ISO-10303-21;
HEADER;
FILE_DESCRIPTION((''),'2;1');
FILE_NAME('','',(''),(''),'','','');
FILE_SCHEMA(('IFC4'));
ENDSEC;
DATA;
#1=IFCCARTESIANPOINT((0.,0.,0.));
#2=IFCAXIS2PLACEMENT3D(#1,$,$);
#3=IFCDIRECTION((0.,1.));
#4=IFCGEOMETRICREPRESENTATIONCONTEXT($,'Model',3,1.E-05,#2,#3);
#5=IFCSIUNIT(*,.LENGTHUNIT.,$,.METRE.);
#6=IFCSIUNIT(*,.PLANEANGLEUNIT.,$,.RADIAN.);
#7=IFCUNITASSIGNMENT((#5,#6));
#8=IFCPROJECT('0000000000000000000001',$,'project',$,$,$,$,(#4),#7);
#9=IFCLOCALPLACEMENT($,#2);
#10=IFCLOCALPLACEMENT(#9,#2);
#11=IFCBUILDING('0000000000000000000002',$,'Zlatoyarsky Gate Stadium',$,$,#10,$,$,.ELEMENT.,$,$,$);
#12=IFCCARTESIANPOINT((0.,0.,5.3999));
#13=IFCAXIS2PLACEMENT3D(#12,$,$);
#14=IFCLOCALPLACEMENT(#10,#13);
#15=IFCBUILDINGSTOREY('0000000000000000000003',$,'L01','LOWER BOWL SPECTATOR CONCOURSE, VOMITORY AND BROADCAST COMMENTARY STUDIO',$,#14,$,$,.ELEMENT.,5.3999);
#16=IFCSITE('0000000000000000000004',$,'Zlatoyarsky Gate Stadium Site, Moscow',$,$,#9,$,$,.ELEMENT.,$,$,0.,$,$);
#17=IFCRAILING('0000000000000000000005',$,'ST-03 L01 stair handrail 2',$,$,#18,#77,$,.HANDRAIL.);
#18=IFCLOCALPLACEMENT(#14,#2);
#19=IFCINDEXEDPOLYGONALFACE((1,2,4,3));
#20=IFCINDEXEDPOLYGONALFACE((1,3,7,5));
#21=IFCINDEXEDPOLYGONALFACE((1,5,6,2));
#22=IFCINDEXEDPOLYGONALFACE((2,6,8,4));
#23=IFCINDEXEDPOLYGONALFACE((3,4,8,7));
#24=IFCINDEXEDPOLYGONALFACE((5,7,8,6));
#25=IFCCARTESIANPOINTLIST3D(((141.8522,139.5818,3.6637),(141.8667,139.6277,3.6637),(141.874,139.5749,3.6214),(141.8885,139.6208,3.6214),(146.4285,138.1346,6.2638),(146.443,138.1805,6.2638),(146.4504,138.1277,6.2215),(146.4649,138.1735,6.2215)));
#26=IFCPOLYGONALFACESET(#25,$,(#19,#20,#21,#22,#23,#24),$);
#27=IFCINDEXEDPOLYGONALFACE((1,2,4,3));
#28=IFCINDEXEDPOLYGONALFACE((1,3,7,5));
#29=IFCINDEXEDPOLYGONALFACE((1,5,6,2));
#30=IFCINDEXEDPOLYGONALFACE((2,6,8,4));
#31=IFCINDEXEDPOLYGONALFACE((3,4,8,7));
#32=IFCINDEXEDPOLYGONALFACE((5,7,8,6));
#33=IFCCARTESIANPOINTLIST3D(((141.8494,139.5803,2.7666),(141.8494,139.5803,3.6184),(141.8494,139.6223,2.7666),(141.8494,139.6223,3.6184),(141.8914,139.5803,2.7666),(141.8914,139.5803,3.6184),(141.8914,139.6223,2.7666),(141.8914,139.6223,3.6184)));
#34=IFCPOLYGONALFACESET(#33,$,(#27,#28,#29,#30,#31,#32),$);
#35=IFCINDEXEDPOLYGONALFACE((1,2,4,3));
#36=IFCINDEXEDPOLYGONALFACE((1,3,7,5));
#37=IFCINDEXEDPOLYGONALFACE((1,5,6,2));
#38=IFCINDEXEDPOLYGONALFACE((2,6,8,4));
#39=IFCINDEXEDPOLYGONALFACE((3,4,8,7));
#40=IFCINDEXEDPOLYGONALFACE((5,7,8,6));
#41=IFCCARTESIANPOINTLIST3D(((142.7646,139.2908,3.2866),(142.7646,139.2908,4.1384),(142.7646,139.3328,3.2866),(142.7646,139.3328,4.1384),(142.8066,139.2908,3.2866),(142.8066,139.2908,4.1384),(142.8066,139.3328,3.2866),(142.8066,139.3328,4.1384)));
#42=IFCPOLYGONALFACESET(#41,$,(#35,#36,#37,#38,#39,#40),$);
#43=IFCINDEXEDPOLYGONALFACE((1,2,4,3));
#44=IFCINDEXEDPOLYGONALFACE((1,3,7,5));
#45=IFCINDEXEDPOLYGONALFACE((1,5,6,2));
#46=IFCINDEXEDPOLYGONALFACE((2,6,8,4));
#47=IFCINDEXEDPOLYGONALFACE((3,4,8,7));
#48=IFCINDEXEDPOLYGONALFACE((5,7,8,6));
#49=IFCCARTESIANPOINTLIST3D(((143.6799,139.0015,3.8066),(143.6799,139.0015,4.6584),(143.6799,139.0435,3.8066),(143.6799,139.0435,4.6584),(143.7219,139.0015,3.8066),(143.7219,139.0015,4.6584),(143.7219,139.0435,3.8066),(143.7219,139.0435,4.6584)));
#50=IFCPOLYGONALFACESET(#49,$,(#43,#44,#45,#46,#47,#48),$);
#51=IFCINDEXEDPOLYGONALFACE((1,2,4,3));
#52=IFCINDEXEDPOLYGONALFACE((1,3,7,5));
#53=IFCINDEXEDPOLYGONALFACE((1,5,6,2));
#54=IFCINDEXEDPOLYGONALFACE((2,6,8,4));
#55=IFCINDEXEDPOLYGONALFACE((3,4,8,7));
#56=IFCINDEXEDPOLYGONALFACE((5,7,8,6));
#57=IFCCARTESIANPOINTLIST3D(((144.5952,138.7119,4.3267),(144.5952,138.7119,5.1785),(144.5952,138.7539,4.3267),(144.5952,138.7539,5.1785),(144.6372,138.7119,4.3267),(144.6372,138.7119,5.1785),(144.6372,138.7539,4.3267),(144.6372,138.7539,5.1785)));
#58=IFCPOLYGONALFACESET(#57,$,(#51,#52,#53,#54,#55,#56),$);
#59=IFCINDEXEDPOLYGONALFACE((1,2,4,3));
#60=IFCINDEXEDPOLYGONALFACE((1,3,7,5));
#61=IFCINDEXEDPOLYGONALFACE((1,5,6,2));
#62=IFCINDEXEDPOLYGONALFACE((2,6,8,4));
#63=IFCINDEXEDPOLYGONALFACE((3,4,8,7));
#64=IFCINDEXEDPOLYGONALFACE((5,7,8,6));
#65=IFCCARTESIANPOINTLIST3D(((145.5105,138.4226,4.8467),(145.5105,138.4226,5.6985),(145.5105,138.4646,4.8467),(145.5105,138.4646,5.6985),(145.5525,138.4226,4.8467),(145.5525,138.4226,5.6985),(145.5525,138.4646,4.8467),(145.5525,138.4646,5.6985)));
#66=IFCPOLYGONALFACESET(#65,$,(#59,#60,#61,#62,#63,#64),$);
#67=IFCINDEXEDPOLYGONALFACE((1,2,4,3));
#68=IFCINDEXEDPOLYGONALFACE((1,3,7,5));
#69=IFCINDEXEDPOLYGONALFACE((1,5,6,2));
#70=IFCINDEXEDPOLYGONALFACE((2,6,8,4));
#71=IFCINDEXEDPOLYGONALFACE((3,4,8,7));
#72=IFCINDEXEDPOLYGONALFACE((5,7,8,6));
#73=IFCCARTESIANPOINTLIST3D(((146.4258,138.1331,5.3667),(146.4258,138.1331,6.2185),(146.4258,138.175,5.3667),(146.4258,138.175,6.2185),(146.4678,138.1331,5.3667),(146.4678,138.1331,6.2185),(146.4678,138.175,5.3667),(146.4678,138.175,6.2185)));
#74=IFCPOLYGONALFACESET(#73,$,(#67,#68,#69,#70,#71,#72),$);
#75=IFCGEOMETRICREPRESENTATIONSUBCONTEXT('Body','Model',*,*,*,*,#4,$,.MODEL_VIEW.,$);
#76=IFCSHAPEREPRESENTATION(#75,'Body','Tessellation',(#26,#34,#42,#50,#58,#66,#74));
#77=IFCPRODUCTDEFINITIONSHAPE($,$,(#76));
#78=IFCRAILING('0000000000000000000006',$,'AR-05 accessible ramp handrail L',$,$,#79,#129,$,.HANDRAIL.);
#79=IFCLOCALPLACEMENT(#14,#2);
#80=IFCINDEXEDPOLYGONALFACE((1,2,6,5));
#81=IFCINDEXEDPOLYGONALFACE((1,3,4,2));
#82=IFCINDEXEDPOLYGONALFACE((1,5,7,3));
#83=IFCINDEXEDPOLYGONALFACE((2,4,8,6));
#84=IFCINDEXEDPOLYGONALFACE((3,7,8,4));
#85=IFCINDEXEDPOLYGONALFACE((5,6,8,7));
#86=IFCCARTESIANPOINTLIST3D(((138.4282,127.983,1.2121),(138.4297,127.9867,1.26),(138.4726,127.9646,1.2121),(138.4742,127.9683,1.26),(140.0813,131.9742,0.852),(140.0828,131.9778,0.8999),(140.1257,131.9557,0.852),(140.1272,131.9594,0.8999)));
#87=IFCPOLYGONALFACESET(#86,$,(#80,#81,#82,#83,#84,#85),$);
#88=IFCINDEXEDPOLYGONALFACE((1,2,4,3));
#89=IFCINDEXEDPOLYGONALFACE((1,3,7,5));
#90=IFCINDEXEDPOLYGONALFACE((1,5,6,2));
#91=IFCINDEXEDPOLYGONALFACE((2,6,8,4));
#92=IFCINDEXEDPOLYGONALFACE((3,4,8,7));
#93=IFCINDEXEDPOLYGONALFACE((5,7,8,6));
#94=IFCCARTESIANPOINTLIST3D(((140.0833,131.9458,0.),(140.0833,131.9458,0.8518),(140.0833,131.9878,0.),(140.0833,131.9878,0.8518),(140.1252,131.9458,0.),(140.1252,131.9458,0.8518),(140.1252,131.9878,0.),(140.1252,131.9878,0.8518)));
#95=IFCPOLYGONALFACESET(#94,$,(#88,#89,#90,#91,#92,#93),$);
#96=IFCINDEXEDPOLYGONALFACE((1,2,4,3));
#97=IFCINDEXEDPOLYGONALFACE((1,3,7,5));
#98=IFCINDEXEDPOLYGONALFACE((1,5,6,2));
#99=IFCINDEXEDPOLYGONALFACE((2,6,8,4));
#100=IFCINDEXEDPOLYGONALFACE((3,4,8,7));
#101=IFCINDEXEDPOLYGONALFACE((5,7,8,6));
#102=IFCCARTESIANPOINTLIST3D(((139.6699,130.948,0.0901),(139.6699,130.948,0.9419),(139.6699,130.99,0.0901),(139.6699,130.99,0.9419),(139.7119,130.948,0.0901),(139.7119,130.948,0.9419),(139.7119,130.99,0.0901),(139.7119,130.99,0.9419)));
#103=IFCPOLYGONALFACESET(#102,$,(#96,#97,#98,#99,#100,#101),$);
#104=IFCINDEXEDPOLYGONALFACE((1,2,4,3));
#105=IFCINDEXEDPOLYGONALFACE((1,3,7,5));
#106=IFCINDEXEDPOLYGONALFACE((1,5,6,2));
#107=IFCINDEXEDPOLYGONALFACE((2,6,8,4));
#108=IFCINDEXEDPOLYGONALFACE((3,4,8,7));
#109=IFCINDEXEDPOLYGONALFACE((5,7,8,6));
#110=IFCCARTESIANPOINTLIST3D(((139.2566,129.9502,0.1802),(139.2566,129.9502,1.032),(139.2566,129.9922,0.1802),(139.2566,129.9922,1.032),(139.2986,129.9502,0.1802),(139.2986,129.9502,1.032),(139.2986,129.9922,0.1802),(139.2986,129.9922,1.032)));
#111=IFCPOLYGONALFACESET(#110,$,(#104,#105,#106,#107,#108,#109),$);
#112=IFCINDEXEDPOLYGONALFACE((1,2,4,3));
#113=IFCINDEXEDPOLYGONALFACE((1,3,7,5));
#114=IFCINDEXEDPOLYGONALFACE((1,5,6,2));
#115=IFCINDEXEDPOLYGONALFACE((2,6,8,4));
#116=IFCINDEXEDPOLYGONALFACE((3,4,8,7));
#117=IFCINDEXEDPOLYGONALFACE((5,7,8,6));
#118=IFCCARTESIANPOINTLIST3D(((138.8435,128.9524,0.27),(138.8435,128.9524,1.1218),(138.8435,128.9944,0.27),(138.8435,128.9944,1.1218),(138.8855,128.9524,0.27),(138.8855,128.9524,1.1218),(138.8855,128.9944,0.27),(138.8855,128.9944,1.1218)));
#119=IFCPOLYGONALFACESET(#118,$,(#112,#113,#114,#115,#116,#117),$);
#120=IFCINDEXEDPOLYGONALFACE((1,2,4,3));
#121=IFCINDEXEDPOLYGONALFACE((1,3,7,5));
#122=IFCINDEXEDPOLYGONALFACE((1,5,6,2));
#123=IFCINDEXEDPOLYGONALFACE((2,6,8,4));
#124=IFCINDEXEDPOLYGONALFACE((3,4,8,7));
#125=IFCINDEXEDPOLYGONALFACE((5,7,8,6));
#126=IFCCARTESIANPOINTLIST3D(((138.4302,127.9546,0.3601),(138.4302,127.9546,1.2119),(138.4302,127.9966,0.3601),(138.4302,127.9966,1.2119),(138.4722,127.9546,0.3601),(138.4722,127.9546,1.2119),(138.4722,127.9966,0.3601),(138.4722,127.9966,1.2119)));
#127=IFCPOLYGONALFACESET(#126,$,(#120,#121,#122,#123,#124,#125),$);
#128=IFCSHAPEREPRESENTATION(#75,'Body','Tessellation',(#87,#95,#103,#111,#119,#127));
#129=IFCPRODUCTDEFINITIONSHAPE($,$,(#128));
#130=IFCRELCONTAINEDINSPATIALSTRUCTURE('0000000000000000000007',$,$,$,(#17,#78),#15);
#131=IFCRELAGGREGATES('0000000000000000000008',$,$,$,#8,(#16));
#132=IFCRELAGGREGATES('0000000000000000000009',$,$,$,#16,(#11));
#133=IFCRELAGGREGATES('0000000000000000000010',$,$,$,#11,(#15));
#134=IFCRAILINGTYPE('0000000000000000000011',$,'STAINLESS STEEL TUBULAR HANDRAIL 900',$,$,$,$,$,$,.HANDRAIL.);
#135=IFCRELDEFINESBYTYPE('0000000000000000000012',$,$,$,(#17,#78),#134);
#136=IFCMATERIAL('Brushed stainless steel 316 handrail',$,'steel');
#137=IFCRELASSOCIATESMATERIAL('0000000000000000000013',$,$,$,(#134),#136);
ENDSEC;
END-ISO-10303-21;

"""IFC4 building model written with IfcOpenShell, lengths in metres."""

from ifc_helpers import new_model, si_unit, direction, frame, origin, origin_2d, place, context, subcontext, project, spatial, rectangle, extrude, material, type_object, element, save


model = new_model("IFC4")

# Units and contexts
model_context = context("Model", 3, precision=1e-05, world=origin(), true_north=direction((0.0, 1.0)))
body_context = subcontext(model_context, "Body", "Model", "MODEL_VIEW")
ifc_project = project(units=[si_unit("LENGTHUNIT", "METRE"), si_unit("PLANEANGLEUNIT", "RADIAN")], contexts=[model_context])

# Site, building, storey
site_placement = place(None, origin())
site = spatial("IfcSite", under=ifc_project, at=site_placement, Name="Zlatoyarsky Gate Stadium Site, Moscow", CompositionType="ELEMENT", RefElevation=0.0)
building_placement = place(site_placement, origin())
building = spatial("IfcBuilding", under=site, at=building_placement, Name="Zlatoyarsky Gate Stadium", CompositionType="ELEMENT")
storey_placement = place(building_placement, frame((0.0, 0.0, 5.3999)))
storey = spatial("IfcBuildingStorey", under=building, at=storey_placement, Name="L01", Description="LOWER BOWL SPECTATOR CONCOURSE, VOMITORY AND BROADCAST COMMENTARY STUDIO", CompositionType="ELEMENT", Elevation=5.3999)

# Railings
ifc_material_1 = material(Name="Brushed stainless steel 316 handrail", Category="steel")
railing_type_1 = type_object("IfcRailingType", Name="STAINLESS STEEL TUBULAR HANDRAIL 900", PredefinedType="HANDRAIL", material=ifc_material_1)
railing_1_placement = place(storey_placement, frame((141.8704, 139.6013, 2.7666)))
element("IfcRailing", 1, at=railing_1_placement, inside=storey, type_object=railing_type_1, Name="ST-03 L01 stair handrail 2", PredefinedType="HANDRAIL", context=body_context, shape_type="SweptSolid", body=[
    extrude(rectangle(XDim=0.0481, YDim=0.0481, at=origin_2d()), frame((0.0, 0.0, 0.876), z_axis=(0.838353, -0.265124, 0.476312), x_axis=(0.301526, 0.953458, 0.0)), (0.0, 0.0, 1.0), 5.4587),
    extrude(rectangle(XDim=0.042, YDim=0.042, at=origin_2d()), origin(), (0.0, 0.0, 1.0), 0.8518),
    extrude(rectangle(XDim=0.042, YDim=0.042, at=origin_2d()), frame((0.9153, -0.2896, 0.52)), (0.0, 0.0, 1.0), 0.8518),
    extrude(rectangle(XDim=0.042, YDim=0.042, at=origin_2d()), frame((1.8306, -0.5789, 1.04)), (0.0, 0.0, 1.0), 0.8518),
    extrude(rectangle(XDim=0.042, YDim=0.042, at=origin_2d()), frame((2.7458, -0.8684, 1.5601)), (0.0, 0.0, 1.0), 0.8518),
    extrude(rectangle(XDim=0.042, YDim=0.042, at=origin_2d()), frame((3.6611, -1.1577, 2.0801)), (0.0, 0.0, 1.0), 0.8518),
    extrude(rectangle(XDim=0.042, YDim=0.042, at=origin_2d()), frame((4.5764, -1.4473, 2.6001)), (0.0, 0.0, 1.0), 0.8518),
])
railing_2_placement = place(storey_placement, frame((140.1042, 131.9668, 0.0)))
element("IfcRailing", 2, at=railing_2_placement, inside=storey, type_object=railing_type_1, Name="AR-05 accessible ramp handrail L", PredefinedType="HANDRAIL", context=body_context, shape_type="SweptSolid", body=[
    extrude(rectangle(XDim=0.0481, YDim=0.0481, at=origin_2d()), frame((0.0, 0.0, 0.876), z_axis=(-0.381334, -0.920698, 0.08307), x_axis=(0.923891, -0.382656, 0.0)), (0.0, 0.0, 1.0), 4.335),
    extrude(rectangle(XDim=0.042, YDim=0.042, at=origin_2d()), origin(), (0.0, 0.0, 1.0), 0.8518),
    extrude(rectangle(XDim=0.042, YDim=0.042, at=origin_2d()), frame((-0.4133, -0.9978, 0.0901)), (0.0, 0.0, 1.0), 0.8518),
    extrude(rectangle(XDim=0.042, YDim=0.042, at=origin_2d()), frame((-0.8267, -1.9956, 0.1802)), (0.0, 0.0, 1.0), 0.8518),
    extrude(rectangle(XDim=0.042, YDim=0.042, at=origin_2d()), frame((-1.2397, -2.9934, 0.27)), (0.0, 0.0, 1.0), 0.8518),
    extrude(rectangle(XDim=0.042, YDim=0.042, at=origin_2d()), frame((-1.6531, -3.9912, 0.3601)), (0.0, 0.0, 1.0), 0.8518),
])

save(model, "model.ifc")
